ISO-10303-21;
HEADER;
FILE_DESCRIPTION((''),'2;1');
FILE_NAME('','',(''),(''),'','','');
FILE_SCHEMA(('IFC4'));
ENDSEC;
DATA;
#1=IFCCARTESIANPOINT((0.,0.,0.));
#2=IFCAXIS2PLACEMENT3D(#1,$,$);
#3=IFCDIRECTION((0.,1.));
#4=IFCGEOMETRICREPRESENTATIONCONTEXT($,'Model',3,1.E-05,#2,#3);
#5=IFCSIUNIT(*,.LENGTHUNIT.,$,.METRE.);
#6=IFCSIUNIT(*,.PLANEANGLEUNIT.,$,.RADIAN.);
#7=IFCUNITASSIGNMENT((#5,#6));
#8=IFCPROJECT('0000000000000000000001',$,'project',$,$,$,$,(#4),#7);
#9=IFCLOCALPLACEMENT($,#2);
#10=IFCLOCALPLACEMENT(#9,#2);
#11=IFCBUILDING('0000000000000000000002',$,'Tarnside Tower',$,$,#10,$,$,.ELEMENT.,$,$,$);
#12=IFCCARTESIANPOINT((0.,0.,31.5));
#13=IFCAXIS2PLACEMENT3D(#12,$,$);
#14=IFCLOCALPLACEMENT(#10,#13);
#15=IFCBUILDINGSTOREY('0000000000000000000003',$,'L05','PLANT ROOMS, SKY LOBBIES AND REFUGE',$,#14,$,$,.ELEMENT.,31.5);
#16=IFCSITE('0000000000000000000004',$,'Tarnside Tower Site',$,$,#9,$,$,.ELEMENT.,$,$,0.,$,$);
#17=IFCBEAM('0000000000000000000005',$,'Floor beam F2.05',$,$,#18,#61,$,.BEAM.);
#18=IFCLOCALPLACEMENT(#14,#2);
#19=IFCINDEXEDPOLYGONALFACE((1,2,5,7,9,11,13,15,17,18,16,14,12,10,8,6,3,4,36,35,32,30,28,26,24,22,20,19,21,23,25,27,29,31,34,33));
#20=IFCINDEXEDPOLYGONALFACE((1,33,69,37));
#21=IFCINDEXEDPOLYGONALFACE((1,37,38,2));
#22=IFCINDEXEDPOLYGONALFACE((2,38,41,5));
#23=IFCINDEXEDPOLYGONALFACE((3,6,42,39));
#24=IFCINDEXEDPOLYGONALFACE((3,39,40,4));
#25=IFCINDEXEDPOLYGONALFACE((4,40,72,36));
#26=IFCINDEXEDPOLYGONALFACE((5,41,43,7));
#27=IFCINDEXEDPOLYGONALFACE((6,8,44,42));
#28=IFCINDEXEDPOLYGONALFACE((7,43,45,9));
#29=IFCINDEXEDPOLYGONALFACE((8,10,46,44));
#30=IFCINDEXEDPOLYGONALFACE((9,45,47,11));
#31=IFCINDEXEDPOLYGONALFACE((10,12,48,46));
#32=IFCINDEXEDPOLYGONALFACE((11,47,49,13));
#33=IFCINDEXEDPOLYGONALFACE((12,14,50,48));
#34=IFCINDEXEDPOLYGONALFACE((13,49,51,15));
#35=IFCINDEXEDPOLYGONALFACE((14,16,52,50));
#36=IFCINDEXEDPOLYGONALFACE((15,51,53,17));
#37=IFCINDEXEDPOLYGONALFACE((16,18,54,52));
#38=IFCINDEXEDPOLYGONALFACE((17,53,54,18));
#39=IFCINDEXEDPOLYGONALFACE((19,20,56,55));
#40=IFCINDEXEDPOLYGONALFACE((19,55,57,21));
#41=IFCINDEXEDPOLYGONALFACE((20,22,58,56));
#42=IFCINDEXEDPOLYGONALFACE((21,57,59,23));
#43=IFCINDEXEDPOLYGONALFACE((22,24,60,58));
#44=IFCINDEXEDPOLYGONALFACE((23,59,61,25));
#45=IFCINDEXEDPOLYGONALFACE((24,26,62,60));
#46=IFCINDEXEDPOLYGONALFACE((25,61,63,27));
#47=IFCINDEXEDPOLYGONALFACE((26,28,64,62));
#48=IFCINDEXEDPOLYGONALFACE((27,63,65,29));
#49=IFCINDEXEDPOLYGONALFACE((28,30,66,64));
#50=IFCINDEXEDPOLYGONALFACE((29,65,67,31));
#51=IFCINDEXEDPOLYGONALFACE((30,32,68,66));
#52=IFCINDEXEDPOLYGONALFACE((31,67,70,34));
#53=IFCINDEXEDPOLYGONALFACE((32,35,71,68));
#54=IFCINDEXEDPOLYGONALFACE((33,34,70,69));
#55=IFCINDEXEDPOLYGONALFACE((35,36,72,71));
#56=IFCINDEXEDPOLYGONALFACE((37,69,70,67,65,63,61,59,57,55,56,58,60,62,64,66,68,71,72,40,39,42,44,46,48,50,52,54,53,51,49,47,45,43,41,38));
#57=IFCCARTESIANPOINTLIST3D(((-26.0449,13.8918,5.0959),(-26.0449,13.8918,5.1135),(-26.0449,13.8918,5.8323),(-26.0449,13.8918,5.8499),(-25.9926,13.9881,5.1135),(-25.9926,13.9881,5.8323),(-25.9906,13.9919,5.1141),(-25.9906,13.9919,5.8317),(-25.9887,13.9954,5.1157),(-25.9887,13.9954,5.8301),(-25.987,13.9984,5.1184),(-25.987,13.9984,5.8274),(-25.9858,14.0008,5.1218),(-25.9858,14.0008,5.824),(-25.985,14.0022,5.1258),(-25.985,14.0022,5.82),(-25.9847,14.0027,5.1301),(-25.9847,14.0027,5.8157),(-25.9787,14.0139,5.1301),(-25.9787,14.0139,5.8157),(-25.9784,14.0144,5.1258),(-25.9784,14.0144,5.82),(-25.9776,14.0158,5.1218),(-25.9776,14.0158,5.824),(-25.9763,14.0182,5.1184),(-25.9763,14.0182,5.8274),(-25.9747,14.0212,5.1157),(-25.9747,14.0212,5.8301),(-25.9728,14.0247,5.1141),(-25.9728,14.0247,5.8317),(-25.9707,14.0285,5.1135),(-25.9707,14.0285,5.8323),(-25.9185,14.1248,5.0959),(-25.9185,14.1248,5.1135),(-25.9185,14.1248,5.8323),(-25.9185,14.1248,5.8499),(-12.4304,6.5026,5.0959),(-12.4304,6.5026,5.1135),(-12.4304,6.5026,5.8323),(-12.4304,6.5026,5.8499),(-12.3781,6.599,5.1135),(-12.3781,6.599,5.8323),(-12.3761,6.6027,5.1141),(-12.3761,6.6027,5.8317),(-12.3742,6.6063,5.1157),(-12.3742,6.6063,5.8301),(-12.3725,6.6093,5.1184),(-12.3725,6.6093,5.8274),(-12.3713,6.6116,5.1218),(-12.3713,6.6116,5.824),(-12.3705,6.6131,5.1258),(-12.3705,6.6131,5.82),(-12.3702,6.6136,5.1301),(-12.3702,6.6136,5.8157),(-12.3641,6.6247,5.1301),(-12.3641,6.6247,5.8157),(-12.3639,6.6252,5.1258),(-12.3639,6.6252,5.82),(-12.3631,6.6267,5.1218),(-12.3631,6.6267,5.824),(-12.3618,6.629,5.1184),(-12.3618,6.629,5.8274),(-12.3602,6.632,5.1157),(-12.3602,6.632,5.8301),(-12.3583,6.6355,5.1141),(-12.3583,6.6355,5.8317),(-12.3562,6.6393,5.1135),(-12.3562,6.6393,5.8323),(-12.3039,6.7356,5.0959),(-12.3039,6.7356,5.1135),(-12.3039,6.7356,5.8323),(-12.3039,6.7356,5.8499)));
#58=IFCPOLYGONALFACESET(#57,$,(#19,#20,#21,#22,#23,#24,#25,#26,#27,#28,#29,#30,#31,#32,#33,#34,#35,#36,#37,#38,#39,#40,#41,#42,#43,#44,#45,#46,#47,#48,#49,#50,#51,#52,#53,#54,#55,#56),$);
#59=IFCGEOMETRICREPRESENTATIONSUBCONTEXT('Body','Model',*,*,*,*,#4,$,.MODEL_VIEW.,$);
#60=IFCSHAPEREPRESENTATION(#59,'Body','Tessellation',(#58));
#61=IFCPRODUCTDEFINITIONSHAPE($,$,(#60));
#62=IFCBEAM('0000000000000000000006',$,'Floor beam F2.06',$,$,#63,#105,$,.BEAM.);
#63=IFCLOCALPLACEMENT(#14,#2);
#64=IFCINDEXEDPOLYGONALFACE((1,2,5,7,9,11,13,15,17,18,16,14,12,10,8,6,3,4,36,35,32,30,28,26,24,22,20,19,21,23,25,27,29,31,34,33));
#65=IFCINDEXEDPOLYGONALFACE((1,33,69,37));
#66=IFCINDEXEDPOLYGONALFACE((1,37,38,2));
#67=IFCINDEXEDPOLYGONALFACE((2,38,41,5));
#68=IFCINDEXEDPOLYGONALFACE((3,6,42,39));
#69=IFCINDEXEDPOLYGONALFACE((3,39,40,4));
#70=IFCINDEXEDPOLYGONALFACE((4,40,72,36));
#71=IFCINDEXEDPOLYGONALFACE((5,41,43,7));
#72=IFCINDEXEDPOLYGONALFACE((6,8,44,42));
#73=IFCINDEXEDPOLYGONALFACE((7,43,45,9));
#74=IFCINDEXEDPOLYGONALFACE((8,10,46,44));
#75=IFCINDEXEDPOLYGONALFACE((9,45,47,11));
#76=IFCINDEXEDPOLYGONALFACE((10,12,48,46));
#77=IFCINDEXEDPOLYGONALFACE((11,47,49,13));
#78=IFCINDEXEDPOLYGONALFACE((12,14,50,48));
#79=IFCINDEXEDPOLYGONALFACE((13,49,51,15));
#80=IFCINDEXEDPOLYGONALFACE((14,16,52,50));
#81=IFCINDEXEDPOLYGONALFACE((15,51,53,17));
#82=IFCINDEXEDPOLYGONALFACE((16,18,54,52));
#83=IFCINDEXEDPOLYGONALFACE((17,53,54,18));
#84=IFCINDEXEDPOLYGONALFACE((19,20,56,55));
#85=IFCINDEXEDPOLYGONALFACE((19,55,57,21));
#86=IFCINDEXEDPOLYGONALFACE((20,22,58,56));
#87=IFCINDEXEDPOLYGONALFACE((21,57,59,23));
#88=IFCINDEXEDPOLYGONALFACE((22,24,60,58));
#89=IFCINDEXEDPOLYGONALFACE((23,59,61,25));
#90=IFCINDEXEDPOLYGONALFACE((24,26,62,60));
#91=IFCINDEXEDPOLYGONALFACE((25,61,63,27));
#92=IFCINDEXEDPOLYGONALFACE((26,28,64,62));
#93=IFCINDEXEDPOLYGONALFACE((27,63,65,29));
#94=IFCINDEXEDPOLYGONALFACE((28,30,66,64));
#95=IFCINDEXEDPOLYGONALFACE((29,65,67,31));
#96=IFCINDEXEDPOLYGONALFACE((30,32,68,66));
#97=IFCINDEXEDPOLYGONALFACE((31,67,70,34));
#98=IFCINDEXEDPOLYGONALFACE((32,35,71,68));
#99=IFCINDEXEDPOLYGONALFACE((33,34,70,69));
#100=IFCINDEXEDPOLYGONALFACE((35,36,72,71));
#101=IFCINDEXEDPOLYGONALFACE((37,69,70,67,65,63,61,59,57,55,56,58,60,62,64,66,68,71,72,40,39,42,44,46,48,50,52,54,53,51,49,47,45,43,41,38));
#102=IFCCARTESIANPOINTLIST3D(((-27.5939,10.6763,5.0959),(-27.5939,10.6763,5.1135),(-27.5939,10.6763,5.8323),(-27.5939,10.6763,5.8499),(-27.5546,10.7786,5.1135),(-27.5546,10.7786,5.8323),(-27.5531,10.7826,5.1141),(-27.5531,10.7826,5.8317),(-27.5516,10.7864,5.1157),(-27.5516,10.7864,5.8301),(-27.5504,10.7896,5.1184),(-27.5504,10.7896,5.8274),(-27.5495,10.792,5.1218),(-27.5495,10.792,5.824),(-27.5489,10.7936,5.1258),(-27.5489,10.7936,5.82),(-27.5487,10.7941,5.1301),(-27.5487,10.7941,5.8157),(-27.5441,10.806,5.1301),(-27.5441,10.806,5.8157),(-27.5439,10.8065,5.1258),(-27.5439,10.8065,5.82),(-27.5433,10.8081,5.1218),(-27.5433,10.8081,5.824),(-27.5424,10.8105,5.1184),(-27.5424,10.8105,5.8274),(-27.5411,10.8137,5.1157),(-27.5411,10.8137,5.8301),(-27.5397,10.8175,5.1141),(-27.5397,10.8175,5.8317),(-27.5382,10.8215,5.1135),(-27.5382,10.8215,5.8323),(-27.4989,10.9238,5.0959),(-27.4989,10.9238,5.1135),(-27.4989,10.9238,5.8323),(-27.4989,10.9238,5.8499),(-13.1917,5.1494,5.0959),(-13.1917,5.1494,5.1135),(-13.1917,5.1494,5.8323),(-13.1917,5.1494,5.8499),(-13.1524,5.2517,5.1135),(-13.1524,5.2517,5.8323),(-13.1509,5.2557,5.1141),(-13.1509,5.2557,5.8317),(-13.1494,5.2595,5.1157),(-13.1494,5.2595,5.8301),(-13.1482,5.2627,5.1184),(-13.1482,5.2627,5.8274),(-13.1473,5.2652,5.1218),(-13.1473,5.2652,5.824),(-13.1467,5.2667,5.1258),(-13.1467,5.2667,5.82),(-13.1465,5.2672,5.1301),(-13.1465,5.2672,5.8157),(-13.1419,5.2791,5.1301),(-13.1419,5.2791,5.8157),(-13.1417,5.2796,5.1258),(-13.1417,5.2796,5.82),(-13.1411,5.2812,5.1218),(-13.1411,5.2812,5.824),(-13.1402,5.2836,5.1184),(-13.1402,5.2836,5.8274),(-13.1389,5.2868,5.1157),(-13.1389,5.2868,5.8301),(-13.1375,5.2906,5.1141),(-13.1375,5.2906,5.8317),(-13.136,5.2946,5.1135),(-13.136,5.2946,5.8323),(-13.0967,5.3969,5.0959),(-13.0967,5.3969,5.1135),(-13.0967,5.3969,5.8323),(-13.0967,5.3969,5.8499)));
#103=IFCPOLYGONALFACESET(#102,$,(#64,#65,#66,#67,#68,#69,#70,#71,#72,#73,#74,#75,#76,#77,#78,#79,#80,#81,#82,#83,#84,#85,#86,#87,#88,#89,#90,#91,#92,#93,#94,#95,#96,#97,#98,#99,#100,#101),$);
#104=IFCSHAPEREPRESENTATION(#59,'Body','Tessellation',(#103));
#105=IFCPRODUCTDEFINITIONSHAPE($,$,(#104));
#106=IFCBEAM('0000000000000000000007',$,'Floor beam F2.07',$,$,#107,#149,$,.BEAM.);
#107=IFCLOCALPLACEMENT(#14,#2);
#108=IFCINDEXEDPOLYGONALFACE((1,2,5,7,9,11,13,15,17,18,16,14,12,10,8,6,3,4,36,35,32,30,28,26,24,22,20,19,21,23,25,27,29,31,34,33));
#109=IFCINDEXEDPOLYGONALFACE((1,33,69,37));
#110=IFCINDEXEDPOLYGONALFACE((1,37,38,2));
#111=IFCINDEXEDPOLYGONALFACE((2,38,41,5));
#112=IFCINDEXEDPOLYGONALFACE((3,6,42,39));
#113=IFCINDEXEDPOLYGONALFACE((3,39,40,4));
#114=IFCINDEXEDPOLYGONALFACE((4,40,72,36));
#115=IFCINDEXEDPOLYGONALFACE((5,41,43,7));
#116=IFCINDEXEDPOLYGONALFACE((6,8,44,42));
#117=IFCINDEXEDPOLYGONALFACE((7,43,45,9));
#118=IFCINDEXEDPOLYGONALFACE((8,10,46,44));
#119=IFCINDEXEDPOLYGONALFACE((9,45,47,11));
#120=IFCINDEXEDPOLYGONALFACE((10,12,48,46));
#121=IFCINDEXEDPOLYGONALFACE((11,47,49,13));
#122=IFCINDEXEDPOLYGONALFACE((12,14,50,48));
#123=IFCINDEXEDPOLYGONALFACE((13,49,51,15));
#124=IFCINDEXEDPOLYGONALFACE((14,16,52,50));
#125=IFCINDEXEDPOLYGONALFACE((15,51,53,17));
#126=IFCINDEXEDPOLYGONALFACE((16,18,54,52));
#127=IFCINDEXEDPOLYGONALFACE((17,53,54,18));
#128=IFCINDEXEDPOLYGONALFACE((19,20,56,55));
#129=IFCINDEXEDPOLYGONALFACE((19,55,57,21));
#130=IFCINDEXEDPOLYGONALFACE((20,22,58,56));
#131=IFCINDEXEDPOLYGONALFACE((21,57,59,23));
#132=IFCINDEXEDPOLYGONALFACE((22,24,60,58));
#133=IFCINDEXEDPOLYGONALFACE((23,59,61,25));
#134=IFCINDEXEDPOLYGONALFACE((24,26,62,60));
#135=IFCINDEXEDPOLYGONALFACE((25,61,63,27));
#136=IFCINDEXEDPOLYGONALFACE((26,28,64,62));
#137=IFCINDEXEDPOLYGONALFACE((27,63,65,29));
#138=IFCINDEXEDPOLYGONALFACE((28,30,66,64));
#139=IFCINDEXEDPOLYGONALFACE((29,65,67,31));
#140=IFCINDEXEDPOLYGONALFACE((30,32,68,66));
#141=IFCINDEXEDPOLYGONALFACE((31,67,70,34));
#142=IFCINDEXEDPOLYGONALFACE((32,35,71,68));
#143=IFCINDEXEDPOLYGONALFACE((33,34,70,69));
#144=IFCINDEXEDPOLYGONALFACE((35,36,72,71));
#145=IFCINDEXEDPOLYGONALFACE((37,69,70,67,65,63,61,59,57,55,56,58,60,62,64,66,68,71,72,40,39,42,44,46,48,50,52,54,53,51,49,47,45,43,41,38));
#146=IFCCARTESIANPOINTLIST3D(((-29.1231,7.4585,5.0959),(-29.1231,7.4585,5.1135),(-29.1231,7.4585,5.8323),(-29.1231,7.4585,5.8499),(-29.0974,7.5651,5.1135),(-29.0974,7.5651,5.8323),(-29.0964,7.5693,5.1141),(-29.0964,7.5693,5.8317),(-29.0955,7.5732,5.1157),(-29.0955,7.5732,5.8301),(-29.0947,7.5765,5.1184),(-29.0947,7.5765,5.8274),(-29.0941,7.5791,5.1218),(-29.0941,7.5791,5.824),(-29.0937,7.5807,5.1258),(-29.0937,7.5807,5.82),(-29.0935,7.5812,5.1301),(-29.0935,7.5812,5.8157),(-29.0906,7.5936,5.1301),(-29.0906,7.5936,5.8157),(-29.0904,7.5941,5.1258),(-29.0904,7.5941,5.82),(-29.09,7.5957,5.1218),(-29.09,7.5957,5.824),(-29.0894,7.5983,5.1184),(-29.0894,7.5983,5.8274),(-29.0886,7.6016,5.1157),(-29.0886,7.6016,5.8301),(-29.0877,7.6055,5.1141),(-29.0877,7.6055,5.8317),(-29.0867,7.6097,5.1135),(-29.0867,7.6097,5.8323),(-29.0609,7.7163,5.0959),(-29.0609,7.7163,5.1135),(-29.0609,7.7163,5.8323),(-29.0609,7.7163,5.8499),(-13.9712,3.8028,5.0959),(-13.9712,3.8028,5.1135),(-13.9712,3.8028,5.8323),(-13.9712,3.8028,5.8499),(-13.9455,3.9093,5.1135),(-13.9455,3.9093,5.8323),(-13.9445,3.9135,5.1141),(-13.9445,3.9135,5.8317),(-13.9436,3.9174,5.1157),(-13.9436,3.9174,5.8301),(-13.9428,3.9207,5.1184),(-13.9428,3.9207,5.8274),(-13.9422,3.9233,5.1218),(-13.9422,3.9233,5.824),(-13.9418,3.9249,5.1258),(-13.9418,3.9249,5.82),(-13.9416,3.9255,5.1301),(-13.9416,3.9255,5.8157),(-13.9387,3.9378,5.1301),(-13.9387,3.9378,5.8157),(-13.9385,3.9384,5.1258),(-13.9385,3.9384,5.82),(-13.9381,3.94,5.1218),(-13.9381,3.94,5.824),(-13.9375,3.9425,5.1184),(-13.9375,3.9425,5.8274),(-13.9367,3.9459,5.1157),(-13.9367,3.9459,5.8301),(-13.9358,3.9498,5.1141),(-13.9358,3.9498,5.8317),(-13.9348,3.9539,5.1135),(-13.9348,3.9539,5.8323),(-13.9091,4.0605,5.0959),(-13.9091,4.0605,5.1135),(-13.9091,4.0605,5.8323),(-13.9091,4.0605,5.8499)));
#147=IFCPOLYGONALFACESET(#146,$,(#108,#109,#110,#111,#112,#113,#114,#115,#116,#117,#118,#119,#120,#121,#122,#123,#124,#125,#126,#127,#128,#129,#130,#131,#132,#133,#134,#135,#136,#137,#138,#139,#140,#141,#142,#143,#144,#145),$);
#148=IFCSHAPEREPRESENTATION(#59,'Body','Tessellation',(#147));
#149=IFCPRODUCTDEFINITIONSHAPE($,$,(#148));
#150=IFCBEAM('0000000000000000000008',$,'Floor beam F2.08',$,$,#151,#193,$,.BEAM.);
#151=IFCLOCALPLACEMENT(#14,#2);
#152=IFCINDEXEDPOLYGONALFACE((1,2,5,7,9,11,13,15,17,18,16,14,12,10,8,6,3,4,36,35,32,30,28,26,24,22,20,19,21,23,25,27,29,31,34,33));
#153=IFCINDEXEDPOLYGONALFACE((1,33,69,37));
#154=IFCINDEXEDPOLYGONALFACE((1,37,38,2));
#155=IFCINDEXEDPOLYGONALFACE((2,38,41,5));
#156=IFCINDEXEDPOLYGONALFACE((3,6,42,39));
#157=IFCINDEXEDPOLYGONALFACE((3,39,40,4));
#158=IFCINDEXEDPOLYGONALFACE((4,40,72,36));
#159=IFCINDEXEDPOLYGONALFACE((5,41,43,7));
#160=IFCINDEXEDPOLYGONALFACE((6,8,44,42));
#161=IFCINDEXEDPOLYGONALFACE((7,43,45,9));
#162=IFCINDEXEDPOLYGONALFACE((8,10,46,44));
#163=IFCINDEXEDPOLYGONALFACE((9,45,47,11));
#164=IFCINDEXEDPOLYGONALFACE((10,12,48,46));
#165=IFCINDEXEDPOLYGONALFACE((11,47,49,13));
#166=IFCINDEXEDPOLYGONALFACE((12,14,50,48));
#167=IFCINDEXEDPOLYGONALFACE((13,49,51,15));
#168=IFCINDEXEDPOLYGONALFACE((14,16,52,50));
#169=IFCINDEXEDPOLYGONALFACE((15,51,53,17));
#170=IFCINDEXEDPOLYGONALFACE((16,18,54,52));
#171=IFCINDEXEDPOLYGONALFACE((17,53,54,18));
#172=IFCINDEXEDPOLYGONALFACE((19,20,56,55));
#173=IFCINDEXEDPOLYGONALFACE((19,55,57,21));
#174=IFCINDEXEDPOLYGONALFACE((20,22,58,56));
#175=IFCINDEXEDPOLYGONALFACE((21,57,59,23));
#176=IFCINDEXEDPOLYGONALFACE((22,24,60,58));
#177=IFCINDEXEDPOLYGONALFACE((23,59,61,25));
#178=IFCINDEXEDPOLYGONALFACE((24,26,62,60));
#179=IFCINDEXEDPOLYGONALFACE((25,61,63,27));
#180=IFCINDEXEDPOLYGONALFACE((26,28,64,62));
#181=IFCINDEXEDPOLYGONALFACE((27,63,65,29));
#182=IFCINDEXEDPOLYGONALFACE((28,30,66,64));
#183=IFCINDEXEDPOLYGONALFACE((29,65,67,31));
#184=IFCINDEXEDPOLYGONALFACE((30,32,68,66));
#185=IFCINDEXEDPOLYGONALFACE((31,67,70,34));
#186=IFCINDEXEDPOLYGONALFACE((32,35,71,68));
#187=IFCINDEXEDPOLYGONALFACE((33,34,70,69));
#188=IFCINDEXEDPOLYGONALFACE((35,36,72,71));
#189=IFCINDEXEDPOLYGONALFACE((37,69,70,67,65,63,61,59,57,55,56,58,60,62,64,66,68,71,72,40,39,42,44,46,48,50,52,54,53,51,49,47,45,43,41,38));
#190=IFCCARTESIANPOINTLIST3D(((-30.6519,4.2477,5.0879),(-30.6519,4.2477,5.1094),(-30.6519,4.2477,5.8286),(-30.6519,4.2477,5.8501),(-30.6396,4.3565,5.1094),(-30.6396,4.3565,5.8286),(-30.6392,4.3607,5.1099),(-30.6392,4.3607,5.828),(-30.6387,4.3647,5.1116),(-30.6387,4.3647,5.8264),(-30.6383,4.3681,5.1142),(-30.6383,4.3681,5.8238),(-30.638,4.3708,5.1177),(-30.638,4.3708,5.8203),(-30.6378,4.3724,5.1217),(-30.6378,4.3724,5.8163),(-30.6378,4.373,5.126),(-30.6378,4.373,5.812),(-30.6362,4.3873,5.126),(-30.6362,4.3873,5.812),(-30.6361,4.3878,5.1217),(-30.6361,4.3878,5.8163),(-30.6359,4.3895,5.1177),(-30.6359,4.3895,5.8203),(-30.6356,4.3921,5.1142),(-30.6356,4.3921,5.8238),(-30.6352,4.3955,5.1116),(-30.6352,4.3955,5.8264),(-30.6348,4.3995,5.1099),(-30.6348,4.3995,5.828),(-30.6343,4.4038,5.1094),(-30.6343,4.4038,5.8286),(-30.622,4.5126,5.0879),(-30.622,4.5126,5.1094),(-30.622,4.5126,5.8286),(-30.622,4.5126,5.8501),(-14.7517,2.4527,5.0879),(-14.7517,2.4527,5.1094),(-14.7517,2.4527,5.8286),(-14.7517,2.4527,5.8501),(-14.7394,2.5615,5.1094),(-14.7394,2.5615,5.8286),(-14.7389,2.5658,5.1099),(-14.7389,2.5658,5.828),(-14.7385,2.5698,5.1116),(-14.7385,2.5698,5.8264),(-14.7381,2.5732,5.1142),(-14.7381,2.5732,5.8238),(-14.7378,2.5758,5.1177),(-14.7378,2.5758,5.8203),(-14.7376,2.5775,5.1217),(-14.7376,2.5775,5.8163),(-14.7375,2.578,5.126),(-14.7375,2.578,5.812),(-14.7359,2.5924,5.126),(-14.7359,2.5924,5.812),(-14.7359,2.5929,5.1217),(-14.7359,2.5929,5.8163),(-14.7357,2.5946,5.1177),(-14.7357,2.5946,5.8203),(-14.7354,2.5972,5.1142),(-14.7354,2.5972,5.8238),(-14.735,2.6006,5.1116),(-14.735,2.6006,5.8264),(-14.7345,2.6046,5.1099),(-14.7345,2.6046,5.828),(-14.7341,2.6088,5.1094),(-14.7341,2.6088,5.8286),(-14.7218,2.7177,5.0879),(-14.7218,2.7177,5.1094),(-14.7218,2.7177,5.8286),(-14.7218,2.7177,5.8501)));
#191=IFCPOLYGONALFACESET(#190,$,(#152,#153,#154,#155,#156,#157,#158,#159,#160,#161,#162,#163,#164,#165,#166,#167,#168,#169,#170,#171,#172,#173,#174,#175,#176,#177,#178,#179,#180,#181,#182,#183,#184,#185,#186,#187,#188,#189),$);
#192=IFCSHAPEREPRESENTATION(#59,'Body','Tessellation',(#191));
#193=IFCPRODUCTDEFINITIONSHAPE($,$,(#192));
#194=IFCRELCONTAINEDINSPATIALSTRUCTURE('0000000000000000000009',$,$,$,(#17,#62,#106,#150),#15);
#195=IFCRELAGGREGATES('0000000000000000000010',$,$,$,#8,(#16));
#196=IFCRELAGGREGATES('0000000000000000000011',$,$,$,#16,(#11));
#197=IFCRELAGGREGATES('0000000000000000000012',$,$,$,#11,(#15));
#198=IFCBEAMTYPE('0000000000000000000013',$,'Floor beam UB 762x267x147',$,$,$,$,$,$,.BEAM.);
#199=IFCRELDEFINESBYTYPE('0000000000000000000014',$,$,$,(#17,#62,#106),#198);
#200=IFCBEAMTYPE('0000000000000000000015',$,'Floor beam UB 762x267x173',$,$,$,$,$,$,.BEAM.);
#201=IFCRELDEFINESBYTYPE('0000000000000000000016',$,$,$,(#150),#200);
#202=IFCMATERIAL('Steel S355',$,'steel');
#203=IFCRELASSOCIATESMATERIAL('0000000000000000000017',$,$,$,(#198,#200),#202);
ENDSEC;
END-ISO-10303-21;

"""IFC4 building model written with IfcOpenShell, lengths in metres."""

from ifc_helpers import new_model, si_unit, direction, frame, origin, origin_2d, place, context, subcontext, project, spatial, i_section, extrude, material, material_profile, profile_set, type_object, element, save


model = new_model("IFC4")

# Units and contexts
model_context = context("Model", 3, precision=1e-05, world=origin(), true_north=direction((0.0, 1.0)))
body_context = subcontext(model_context, "Body", "Model", "MODEL_VIEW")
ifc_project = project(units=[si_unit("LENGTHUNIT", "METRE"), si_unit("PLANEANGLEUNIT", "RADIAN")], contexts=[model_context])

# Site, building, storey
site_placement = place(None, origin())
site = spatial("IfcSite", under=ifc_project, at=site_placement, Name="Tarnside Tower Site", CompositionType="ELEMENT", RefElevation=0.0)
building_placement = place(site_placement, origin())
building = spatial("IfcBuilding", under=site, at=building_placement, Name="Tarnside Tower", CompositionType="ELEMENT")
storey_placement = place(building_placement, frame((0.0, 0.0, 31.5)))
storey = spatial("IfcBuildingStorey", under=building, at=storey_placement, Name="L05", Description="PLANT ROOMS, SKY LOBBIES AND REFUGE", CompositionType="ELEMENT", Elevation=31.5)

# Beams
ifc_material_1 = material(Name="Steel S355", Category="steel")
ifc_material_profile_1 = material_profile(ifc_material_1, i_section(OverallWidth=0.2651, OverallDepth=0.7539, WebThickness=0.0127, FlangeThickness=0.0176, FilletRadius=0.0166, at=origin_2d()), Name="UB 762x267x147")
ifc_profile_set_1 = profile_set([ifc_material_profile_1], Name="Steel S355")
beam_type_1 = type_object("IfcBeamType", Name="Floor beam UB 762x267x147", PredefinedType="BEAM", material=ifc_profile_set_1)
beam_1_placement = place(storey_placement, frame((-25.9817, 14.0083, 5.4729), z_axis=(0.878896, -0.477014, 0.0), x_axis=(0.477014, 0.878896, 0.0)))
element("IfcBeam", 1, at=beam_1_placement, inside=storey, type_object=beam_type_1, Name="Floor beam F2.05", PredefinedType="BEAM", context=body_context, shape_type="SweptSolid", body=[
    extrude(i_section(OverallWidth=0.2651, OverallDepth=0.7539, WebThickness=0.0127, FlangeThickness=0.0176, FilletRadius=0.0166, at=origin_2d()), origin(), (0.0, 0.0, 1.0), 15.4905),
])
beam_2_placement = place(storey_placement, frame((-27.5464, 10.8, 5.4729), z_axis=(0.933615, -0.358278, 0.0), x_axis=(0.358278, 0.933615, 0.0)))
element("IfcBeam", 2, at=beam_2_placement, inside=storey, type_object=beam_type_1, Name="Floor beam F2.06", PredefinedType="BEAM", context=body_context, shape_type="SweptSolid", body=[
    extrude(i_section(OverallWidth=0.2651, OverallDepth=0.7539, WebThickness=0.0127, FlangeThickness=0.0176, FilletRadius=0.0166, at=origin_2d()), origin(), (0.0, 0.0, 1.0), 15.4263),
])
beam_3_placement = place(storey_placement, frame((-29.092, 7.5874, 5.4729), z_axis=(0.972105, -0.234545, 0.0), x_axis=(0.234545, 0.972105, 0.0)))
element("IfcBeam", 3, at=beam_3_placement, inside=storey, type_object=beam_type_1, Name="Floor beam F2.07", PredefinedType="BEAM", context=body_context, shape_type="SweptSolid", body=[
    extrude(i_section(OverallWidth=0.2651, OverallDepth=0.7539, WebThickness=0.0127, FlangeThickness=0.0176, FilletRadius=0.0166, at=origin_2d()), origin(), (0.0, 0.0, 1.0), 15.5867),
])
ifc_material_profile_2 = material_profile(ifc_material_1, i_section(OverallWidth=0.2666, OverallDepth=0.7622, WebThickness=0.0144, FlangeThickness=0.0215, FilletRadius=0.0166, at=origin_2d()), Name="UB 762x267x173")
ifc_profile_set_2 = profile_set([ifc_material_profile_2], Name="Steel S355")
beam_type_2 = type_object("IfcBeamType", Name="Floor beam UB 762x267x173", PredefinedType="BEAM", material=ifc_profile_set_2)
beam_4_placement = place(storey_placement, frame((-30.637, 4.3801, 5.469), z_axis=(0.993689, -0.112175, 0.0), x_axis=(0.112175, 0.993689, 0.0)))
element("IfcBeam", 4, at=beam_4_placement, inside=storey, type_object=beam_type_2, Name="Floor beam F2.08", PredefinedType="BEAM", context=body_context, shape_type="SweptSolid", body=[
    extrude(i_section(OverallWidth=0.2666, OverallDepth=0.7622, WebThickness=0.0144, FlangeThickness=0.0215, FilletRadius=0.0166, at=origin_2d()), origin(), (0.0, 0.0, 1.0), 16.0012),
])

save(model, "model.ifc")
